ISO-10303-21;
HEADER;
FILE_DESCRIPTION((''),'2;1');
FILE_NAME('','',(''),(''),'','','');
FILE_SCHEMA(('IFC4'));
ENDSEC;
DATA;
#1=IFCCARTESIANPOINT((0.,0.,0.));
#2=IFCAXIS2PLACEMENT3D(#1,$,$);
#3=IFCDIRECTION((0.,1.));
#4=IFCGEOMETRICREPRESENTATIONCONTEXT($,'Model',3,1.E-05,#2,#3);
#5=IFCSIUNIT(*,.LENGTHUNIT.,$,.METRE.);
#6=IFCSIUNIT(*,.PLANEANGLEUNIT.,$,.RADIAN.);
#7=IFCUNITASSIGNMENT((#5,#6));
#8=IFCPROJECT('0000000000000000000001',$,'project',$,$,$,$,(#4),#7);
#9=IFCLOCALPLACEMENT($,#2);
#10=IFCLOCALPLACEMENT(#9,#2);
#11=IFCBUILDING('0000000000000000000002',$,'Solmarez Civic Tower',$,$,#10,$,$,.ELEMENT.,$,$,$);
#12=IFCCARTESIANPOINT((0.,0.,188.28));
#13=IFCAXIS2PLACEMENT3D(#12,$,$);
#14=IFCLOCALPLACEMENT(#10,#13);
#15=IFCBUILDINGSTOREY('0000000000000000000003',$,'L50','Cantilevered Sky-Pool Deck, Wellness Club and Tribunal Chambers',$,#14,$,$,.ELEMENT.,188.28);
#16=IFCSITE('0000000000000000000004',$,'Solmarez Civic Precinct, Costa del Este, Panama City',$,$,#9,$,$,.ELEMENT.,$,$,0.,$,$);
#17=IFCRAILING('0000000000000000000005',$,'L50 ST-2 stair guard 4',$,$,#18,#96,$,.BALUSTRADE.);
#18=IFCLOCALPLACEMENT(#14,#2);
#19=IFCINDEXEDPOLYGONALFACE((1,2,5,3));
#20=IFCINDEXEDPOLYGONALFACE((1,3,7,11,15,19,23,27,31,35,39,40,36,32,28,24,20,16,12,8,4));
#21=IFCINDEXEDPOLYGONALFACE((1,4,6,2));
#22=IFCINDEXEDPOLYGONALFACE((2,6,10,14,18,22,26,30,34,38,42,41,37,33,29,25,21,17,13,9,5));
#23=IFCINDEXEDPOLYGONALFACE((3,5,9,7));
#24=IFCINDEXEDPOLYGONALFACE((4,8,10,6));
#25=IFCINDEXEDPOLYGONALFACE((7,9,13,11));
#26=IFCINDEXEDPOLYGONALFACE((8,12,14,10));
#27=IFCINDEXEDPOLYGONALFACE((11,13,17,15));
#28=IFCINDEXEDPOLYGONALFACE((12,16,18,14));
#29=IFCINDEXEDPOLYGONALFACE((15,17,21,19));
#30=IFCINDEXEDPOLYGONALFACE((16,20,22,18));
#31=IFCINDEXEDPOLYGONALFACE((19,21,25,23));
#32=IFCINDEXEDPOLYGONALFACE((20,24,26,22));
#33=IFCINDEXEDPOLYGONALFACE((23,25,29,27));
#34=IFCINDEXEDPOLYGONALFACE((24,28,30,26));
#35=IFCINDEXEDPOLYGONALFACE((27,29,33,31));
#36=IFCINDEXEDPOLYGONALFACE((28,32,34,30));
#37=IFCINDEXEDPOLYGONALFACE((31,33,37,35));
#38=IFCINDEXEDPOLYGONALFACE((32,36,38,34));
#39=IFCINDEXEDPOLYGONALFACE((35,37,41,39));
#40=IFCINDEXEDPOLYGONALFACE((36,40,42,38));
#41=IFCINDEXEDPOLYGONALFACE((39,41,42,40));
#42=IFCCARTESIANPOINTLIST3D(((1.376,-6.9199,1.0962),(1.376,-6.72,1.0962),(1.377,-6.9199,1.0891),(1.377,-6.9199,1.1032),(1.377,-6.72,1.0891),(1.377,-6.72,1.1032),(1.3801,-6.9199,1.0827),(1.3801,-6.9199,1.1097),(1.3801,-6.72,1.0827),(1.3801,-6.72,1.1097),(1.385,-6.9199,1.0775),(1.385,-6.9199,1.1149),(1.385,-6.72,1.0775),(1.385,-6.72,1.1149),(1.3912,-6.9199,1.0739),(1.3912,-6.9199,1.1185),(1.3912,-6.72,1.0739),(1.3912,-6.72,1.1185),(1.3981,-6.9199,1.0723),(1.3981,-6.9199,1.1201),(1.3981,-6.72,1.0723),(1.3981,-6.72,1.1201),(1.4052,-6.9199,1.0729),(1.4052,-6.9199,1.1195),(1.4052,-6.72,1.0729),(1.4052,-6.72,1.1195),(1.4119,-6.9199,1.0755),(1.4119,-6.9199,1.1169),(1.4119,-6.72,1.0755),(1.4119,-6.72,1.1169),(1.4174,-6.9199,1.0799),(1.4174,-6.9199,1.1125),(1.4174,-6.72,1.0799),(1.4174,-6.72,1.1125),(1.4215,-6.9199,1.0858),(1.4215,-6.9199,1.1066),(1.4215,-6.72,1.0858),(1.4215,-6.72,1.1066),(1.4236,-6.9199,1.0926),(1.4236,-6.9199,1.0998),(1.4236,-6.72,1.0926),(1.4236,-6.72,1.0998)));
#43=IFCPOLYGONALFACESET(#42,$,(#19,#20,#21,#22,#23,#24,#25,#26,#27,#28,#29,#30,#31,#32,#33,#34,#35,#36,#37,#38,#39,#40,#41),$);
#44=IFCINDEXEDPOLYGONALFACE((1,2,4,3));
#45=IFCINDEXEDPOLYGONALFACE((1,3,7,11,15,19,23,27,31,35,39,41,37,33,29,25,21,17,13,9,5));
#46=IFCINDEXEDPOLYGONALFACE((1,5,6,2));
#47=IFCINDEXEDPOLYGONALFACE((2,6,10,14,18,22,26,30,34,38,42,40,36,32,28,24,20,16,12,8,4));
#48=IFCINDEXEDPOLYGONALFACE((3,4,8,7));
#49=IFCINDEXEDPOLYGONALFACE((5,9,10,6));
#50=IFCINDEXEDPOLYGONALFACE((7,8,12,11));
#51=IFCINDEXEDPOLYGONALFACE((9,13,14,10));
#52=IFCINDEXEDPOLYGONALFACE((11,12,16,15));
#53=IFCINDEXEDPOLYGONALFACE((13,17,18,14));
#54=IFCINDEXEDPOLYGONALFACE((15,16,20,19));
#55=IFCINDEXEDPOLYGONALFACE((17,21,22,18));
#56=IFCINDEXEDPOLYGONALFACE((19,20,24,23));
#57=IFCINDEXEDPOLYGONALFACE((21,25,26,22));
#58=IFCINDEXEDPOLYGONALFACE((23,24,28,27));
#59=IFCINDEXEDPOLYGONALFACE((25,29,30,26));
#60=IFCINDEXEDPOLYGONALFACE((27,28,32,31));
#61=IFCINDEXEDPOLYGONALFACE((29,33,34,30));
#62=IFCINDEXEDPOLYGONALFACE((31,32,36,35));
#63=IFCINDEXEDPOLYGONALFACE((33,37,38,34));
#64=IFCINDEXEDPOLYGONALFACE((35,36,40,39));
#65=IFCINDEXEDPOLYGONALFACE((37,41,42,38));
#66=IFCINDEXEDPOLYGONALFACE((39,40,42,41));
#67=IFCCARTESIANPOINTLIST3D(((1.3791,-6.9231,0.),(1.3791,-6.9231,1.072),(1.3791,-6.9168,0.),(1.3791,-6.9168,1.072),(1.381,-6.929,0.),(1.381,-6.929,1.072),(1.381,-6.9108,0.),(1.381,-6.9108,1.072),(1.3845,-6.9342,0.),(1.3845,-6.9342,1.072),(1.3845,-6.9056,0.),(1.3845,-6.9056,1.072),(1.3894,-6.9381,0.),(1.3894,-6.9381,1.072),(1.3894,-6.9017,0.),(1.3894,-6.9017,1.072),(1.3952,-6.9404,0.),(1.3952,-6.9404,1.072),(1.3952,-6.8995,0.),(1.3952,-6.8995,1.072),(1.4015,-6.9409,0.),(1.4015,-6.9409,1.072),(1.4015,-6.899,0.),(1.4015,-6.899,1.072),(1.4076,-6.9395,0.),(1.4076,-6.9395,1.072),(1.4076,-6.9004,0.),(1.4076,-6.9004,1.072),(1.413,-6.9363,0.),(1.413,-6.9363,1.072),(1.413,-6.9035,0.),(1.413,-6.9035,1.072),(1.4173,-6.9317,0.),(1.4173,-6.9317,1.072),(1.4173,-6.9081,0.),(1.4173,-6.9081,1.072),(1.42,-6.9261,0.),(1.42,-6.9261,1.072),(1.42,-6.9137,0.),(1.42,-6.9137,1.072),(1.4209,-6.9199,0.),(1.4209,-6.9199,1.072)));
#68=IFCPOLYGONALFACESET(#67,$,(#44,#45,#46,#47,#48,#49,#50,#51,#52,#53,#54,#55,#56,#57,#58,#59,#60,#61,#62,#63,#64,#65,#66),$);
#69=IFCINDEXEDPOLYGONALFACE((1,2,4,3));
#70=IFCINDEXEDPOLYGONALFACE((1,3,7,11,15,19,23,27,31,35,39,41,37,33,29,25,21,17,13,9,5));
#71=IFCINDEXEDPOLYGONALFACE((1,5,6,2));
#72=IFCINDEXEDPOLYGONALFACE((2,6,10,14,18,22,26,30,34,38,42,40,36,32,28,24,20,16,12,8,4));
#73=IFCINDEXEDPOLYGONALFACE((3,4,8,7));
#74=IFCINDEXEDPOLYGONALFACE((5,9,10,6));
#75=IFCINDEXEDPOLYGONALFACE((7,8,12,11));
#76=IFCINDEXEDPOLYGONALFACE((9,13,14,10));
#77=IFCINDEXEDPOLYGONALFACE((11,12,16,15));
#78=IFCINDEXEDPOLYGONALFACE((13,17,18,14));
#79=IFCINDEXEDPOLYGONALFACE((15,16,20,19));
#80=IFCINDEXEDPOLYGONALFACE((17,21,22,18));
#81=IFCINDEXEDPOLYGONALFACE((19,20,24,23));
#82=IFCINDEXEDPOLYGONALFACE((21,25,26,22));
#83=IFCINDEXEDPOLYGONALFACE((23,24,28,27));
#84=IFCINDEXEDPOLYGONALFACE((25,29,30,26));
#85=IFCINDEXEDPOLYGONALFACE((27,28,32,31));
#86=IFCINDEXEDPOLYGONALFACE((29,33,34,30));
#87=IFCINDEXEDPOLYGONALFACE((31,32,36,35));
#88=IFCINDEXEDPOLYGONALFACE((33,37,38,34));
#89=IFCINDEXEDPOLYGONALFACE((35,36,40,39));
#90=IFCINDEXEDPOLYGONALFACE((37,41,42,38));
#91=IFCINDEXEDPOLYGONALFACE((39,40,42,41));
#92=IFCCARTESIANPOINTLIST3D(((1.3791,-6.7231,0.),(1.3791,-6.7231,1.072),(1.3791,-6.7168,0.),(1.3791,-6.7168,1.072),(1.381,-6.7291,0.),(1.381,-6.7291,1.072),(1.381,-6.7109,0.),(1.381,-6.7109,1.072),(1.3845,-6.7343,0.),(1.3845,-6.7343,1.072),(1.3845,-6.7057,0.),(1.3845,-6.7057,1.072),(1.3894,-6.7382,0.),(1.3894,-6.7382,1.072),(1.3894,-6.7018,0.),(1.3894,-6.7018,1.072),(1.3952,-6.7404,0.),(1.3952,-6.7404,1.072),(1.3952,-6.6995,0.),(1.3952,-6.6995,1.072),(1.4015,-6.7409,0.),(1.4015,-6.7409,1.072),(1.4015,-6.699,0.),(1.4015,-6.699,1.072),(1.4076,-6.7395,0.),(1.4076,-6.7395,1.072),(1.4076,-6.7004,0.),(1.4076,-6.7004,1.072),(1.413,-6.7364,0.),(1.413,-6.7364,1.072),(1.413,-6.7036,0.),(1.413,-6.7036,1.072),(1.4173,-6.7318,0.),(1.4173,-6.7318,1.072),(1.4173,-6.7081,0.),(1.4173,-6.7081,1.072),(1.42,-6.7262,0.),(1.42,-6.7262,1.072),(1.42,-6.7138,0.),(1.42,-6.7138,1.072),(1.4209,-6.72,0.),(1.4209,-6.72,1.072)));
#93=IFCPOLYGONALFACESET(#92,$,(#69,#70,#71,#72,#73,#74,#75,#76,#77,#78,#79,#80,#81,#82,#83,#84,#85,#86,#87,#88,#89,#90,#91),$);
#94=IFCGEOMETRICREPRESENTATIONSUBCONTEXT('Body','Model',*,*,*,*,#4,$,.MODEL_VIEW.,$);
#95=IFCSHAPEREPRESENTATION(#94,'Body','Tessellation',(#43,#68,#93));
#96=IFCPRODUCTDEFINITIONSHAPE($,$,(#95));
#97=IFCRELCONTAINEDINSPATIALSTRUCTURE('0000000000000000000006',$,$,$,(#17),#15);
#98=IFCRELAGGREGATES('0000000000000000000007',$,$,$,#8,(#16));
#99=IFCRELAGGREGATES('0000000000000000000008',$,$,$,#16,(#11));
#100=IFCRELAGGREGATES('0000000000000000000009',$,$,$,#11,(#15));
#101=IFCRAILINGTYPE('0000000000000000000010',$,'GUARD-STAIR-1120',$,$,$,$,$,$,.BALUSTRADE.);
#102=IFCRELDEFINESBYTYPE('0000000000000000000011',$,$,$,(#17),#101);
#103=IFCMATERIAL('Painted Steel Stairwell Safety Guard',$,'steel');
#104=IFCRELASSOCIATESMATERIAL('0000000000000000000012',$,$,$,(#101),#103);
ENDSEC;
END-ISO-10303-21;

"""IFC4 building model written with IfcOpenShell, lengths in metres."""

from ifc_helpers import new_model, si_unit, direction, frame, origin, origin_2d, place, context, subcontext, project, spatial, circle, extrude, material, type_object, element, save


model = new_model("IFC4")

# Units and contexts
model_context = context("Model", 3, precision=1e-05, world=origin(), true_north=direction((0.0, 1.0)))
body_context = subcontext(model_context, "Body", "Model", "MODEL_VIEW")
ifc_project = project(units=[si_unit("LENGTHUNIT", "METRE"), si_unit("PLANEANGLEUNIT", "RADIAN")], contexts=[model_context])

# Site, building, storey
site_placement = place(None, origin())
site = spatial("IfcSite", under=ifc_project, at=site_placement, Name="Solmarez Civic Precinct, Costa del Este, Panama City", CompositionType="ELEMENT", RefElevation=0.0)
building_placement = place(site_placement, origin())
building = spatial("IfcBuilding", under=site, at=building_placement, Name="Solmarez Civic Tower", CompositionType="ELEMENT")
storey_placement = place(building_placement, frame((0.0, 0.0, 188.28)))
storey = spatial("IfcBuildingStorey", under=building, at=storey_placement, Name="L50", Description="Cantilevered Sky-Pool Deck, Wellness Club and Tribunal Chambers", CompositionType="ELEMENT", Elevation=188.28)

# Railing
ifc_material_1 = material(Name="Painted Steel Stairwell Safety Guard", Category="steel")
railing_type_1 = type_object("IfcRailingType", Name="GUARD-STAIR-1120", PredefinedType="BALUSTRADE", material=ifc_material_1)
railing_1_placement = place(storey_placement, frame((1.3999, -6.9199, 0.0)))
element("IfcRailing", 1, at=railing_1_placement, inside=storey, type_object=railing_type_1, Name="L50 ST-2 stair guard 4", PredefinedType="BALUSTRADE", context=body_context, shape_type="SweptSolid", body=[
    extrude(circle(Radius=0.0239, at=origin_2d()), frame((0.0, 0.0, 1.0962), z_axis=(0.0, 1.0, 0.0), x_axis=(-1.0, 0.0, 0.0)), (0.0, 0.0, 1.0), 0.2),
    extrude(circle(Radius=0.021, at=origin_2d()), origin(), (0.0, 0.0, 1.0), 1.072),
    extrude(circle(Radius=0.021, at=origin_2d()), frame((0.0, 0.2, 0.0)), (0.0, 0.0, 1.0), 1.072),
])

save(model, "model.ifc")
